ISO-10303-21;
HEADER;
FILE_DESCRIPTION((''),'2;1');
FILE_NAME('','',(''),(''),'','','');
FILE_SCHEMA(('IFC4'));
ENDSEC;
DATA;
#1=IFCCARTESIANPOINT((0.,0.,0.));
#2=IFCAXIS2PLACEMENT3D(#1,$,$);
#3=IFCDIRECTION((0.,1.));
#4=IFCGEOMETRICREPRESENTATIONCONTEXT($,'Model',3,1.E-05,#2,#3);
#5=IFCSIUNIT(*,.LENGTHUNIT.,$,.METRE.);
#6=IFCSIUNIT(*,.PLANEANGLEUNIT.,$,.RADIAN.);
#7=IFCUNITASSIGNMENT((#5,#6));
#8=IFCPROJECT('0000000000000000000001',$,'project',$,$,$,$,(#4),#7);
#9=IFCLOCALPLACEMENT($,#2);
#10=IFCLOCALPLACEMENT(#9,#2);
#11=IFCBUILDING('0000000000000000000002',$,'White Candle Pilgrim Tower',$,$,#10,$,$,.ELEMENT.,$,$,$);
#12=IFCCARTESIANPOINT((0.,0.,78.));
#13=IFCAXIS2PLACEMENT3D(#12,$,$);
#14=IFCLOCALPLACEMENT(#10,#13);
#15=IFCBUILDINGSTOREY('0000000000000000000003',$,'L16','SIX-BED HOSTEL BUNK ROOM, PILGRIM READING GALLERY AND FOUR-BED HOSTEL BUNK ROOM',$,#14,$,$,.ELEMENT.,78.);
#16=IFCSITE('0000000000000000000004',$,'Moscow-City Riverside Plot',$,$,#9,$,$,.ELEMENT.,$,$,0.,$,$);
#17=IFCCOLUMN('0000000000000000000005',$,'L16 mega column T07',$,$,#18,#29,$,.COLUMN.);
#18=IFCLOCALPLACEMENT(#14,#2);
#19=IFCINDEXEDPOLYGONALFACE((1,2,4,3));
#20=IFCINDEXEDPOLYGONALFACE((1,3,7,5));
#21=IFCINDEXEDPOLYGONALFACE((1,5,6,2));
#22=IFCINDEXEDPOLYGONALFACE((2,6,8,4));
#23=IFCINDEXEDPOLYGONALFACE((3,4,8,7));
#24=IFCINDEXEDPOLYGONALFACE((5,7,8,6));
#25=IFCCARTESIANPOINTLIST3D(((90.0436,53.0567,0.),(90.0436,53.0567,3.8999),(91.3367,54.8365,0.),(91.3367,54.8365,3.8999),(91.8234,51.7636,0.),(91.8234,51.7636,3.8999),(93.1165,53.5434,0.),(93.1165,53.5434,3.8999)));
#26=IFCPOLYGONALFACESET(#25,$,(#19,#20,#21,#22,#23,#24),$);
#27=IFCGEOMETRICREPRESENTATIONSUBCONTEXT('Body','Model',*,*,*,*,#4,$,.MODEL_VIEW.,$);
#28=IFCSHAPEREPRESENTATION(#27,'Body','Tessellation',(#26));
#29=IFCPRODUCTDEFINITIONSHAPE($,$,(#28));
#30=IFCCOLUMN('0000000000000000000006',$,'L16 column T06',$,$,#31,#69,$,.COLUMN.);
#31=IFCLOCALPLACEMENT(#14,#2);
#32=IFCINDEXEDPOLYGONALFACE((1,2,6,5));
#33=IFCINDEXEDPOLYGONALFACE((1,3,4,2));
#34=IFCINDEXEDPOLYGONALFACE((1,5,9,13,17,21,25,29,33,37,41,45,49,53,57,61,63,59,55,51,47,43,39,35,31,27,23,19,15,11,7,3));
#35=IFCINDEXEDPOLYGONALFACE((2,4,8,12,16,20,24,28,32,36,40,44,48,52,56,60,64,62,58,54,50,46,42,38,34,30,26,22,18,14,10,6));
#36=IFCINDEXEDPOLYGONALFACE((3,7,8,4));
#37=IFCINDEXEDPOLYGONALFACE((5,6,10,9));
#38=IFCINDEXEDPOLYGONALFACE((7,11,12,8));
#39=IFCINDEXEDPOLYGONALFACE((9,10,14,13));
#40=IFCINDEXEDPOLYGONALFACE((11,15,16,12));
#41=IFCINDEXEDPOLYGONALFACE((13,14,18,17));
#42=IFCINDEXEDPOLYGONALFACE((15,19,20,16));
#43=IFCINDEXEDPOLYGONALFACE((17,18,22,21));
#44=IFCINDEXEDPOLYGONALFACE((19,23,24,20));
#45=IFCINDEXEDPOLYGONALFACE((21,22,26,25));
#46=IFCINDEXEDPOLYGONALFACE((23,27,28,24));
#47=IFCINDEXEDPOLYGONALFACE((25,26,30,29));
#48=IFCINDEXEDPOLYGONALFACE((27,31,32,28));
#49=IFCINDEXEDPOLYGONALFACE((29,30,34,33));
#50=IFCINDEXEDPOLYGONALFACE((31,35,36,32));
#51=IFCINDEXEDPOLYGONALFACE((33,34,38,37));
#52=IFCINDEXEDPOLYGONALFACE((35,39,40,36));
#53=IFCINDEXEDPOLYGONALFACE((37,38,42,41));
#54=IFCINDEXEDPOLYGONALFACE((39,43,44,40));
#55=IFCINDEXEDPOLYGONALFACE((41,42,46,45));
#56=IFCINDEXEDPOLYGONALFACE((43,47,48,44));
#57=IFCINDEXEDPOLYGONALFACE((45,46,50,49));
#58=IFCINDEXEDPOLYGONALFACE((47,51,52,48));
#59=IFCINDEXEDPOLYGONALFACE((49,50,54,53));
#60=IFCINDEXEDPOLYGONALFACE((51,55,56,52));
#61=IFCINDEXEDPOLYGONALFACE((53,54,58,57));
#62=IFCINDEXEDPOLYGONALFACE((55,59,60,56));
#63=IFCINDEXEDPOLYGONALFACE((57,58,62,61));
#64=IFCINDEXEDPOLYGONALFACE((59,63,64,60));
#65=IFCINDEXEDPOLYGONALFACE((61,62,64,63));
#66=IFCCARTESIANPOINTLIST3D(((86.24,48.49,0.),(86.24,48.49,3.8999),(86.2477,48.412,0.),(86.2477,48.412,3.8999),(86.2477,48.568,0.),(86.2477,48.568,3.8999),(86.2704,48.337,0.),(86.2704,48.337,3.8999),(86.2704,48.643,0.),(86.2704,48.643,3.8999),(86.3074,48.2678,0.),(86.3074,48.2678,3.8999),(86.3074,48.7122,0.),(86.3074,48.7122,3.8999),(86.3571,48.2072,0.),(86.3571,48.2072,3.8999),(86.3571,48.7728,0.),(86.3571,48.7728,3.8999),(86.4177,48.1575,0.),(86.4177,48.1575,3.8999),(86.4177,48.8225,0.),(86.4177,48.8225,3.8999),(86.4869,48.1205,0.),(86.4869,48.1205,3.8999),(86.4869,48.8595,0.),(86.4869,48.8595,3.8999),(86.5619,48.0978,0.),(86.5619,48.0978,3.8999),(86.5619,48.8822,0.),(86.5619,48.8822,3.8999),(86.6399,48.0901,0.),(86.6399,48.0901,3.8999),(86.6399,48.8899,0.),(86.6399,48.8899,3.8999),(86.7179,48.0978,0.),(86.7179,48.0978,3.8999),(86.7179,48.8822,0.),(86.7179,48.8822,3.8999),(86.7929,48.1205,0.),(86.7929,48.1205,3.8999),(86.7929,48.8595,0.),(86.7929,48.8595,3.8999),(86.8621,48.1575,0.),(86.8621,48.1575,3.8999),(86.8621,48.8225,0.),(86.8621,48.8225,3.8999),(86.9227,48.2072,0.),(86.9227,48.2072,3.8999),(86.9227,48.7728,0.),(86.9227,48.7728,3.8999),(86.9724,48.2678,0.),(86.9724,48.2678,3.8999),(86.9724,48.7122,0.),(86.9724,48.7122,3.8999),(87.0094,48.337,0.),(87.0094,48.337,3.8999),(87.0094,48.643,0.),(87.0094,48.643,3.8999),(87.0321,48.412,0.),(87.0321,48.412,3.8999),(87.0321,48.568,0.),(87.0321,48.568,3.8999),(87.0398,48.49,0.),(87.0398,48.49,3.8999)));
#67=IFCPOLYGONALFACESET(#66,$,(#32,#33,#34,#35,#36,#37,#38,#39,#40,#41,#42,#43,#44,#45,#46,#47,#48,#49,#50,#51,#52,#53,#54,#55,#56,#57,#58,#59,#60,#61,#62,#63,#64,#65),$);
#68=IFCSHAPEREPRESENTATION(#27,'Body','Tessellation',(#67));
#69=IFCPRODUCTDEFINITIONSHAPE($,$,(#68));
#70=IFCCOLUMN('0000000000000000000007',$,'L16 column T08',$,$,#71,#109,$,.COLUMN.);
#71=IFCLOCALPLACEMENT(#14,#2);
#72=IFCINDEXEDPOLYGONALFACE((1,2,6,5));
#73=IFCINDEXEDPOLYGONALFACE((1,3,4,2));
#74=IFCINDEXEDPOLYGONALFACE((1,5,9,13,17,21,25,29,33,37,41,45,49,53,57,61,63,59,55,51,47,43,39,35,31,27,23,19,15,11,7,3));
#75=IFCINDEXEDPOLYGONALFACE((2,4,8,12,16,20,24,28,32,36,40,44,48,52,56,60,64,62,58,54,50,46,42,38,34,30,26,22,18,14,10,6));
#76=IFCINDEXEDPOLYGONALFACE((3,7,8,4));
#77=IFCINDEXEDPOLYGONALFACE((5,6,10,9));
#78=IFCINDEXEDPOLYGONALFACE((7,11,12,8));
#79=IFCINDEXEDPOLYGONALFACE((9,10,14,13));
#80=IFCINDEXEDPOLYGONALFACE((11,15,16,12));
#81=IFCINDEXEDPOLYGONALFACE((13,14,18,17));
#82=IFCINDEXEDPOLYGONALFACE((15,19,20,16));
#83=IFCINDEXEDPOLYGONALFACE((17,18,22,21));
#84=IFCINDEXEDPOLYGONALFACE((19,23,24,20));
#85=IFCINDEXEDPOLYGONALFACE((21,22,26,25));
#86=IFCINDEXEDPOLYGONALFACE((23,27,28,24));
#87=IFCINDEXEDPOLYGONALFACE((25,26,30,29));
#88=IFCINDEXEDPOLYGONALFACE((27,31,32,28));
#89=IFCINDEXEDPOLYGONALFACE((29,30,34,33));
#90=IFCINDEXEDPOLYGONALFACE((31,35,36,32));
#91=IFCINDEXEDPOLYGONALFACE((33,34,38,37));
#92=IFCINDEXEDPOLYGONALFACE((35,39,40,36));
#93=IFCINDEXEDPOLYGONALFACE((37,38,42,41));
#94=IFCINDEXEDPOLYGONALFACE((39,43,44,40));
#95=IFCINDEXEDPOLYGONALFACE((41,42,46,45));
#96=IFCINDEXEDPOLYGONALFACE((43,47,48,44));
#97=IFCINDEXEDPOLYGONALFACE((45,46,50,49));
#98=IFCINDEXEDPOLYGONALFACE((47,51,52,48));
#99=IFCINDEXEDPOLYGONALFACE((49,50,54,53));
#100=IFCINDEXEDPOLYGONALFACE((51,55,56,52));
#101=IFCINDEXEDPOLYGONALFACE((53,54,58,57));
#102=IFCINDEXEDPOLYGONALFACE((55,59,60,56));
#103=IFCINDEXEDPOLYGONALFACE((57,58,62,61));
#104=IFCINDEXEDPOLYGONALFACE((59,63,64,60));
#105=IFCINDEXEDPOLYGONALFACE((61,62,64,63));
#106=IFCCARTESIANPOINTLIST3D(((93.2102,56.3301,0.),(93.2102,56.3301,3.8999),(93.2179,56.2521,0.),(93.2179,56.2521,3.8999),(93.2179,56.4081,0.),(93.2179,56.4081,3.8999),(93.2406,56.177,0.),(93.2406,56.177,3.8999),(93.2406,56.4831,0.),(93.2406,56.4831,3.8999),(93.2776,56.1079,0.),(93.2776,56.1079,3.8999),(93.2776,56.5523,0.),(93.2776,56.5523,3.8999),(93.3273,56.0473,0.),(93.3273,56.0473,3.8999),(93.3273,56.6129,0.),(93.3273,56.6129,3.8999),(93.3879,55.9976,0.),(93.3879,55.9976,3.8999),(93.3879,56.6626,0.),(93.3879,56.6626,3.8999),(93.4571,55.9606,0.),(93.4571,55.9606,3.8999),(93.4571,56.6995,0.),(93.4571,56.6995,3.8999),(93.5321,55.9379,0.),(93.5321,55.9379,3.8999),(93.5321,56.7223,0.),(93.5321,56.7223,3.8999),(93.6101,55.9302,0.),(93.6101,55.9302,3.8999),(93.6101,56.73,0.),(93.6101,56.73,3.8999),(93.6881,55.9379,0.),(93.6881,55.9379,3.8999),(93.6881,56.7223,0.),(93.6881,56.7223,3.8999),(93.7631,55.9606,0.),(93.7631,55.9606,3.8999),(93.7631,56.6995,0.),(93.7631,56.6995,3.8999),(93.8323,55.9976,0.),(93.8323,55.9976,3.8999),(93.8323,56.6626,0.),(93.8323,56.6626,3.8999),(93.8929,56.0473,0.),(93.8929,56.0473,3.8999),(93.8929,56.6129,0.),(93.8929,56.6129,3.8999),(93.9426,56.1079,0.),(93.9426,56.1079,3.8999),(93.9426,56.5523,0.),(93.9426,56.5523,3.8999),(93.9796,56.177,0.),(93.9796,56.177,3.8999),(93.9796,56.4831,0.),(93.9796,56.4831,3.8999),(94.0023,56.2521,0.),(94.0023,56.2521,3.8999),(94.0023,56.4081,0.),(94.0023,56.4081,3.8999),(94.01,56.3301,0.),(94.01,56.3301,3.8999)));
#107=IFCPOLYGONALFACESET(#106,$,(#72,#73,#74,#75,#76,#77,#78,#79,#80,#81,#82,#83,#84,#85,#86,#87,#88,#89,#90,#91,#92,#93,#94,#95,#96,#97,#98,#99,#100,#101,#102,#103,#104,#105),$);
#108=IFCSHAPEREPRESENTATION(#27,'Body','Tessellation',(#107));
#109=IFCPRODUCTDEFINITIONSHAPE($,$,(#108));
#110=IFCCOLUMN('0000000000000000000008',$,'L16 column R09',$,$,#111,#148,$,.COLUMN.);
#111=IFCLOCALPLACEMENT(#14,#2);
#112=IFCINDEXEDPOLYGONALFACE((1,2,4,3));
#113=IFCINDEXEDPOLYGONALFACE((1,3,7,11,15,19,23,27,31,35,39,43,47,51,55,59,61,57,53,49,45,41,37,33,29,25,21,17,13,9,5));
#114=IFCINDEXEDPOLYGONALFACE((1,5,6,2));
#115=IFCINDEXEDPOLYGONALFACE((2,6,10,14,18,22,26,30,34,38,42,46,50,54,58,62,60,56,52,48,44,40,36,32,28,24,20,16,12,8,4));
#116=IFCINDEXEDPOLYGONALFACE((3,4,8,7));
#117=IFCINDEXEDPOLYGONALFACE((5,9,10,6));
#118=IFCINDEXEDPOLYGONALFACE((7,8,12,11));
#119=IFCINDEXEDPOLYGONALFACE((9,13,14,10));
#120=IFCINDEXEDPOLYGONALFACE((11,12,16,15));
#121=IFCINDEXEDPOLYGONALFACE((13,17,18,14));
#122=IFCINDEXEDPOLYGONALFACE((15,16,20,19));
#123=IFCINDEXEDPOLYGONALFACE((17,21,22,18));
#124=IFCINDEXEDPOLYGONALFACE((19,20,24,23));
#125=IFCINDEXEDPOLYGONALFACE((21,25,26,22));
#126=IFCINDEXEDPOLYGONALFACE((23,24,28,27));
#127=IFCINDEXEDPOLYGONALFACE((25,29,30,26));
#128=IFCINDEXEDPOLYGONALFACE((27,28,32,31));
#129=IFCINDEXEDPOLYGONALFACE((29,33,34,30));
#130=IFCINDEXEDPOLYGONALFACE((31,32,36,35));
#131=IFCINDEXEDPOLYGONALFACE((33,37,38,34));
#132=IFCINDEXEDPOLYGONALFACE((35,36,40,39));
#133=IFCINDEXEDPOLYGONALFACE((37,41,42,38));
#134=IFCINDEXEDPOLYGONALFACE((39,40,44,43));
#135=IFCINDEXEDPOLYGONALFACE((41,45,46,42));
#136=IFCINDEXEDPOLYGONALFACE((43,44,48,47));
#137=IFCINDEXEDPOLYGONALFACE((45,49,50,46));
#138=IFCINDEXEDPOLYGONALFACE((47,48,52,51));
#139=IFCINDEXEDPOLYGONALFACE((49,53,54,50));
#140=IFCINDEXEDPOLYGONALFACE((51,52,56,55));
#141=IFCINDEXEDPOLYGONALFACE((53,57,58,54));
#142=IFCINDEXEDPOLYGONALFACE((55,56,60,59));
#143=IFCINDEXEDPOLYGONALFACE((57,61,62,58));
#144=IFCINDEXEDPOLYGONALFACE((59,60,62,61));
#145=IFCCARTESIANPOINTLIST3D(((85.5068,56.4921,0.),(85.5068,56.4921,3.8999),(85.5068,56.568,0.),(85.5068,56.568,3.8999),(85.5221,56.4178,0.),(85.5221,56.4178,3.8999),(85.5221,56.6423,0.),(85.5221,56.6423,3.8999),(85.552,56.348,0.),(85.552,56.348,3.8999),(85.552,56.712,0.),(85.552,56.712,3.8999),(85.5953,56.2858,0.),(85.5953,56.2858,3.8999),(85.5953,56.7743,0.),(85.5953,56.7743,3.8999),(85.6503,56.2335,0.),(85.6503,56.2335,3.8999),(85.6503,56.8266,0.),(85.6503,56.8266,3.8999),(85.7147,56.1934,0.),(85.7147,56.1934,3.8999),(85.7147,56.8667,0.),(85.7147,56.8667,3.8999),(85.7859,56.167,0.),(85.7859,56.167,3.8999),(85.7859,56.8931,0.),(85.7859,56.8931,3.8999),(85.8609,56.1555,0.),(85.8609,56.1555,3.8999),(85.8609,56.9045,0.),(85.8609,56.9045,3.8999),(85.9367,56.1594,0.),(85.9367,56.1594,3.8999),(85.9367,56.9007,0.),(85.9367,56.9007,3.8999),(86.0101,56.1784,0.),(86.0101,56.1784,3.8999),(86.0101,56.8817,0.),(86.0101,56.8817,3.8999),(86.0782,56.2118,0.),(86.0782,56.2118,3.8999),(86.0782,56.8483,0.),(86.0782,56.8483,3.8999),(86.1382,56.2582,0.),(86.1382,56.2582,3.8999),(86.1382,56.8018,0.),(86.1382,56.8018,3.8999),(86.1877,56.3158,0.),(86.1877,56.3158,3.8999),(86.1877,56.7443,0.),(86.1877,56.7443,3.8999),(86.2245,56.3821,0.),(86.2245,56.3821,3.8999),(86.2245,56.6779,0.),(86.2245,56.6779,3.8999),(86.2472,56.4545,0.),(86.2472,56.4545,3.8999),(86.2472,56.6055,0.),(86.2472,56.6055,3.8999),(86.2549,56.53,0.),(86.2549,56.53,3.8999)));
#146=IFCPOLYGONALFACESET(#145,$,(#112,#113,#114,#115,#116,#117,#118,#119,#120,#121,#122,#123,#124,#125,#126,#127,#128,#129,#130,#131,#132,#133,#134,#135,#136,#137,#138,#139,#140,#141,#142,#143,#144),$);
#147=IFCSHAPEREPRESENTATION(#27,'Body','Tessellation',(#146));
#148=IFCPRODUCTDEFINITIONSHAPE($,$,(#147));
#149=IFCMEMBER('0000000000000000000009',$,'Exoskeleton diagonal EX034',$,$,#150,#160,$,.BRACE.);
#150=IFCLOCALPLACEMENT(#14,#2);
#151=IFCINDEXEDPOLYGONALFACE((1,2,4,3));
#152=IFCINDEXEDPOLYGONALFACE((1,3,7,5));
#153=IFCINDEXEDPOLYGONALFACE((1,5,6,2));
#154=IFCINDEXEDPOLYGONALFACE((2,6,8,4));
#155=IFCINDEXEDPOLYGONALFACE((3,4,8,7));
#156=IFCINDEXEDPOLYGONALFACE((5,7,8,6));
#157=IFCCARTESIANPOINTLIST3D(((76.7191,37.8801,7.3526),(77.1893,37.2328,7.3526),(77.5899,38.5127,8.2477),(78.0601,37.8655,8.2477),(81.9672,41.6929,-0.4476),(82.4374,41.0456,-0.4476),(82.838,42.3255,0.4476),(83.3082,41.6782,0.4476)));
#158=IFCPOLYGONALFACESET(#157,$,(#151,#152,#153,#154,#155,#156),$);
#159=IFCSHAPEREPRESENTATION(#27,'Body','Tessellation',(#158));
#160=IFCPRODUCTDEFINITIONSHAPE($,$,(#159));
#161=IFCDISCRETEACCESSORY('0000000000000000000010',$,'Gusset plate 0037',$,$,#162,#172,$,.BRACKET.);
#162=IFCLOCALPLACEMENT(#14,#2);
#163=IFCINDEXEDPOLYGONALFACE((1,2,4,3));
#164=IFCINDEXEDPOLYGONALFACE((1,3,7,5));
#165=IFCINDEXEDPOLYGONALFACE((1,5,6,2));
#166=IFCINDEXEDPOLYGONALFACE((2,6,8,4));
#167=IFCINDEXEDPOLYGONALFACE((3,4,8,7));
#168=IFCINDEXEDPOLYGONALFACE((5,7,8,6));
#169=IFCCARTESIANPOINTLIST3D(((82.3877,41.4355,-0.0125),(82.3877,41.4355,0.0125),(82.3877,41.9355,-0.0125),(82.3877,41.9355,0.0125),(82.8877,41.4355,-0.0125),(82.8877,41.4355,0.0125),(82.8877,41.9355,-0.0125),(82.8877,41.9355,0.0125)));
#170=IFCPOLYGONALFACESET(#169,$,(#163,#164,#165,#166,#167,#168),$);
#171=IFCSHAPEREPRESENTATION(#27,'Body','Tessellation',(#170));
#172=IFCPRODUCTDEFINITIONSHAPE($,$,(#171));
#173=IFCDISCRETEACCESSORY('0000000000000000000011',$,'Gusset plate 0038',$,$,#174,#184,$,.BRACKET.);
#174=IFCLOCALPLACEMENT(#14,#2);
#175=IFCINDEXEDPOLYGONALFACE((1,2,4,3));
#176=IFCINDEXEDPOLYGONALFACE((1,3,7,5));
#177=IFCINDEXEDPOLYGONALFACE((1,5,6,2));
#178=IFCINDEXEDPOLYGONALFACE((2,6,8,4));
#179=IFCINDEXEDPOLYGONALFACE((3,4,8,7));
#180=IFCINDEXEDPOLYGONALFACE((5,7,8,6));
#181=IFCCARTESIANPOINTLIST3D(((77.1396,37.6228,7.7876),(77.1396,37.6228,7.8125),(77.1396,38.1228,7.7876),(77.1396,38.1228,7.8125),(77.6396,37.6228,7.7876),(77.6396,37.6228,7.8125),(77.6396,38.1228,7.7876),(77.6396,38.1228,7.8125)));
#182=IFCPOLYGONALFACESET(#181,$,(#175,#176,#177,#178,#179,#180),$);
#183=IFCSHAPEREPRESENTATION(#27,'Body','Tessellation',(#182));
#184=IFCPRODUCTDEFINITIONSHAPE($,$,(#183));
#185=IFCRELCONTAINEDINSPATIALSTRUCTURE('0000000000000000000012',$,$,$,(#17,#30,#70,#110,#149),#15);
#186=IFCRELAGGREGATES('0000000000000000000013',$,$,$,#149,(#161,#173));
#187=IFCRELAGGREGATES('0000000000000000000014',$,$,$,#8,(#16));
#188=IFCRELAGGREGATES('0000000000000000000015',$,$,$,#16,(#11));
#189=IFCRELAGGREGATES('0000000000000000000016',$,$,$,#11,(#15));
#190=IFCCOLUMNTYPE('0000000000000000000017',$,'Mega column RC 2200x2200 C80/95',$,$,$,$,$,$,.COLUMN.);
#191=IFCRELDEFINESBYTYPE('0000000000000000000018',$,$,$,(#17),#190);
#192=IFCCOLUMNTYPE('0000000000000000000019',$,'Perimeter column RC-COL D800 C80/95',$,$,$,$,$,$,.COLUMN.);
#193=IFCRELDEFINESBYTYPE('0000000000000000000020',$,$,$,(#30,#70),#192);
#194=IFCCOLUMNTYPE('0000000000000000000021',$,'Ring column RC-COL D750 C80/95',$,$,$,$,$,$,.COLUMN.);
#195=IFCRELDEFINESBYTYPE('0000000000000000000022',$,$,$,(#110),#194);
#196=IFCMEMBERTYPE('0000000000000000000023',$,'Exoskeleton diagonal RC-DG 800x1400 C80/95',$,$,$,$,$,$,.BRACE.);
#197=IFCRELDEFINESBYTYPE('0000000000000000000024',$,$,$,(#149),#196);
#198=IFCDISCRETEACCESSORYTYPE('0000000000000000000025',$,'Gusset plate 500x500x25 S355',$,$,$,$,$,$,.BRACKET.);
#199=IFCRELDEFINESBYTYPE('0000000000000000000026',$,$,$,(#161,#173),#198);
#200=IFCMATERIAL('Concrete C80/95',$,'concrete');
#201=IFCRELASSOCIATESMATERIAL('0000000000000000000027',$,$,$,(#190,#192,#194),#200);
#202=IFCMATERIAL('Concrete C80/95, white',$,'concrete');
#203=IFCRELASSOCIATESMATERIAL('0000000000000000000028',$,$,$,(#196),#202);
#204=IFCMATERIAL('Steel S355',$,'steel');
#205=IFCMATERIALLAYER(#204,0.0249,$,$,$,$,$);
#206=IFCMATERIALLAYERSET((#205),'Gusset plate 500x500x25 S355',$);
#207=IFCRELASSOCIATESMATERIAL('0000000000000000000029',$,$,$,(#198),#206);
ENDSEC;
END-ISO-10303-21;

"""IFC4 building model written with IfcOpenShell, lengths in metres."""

from ifc_helpers import new_model, si_unit, direction, frame, origin, origin_2d, place, context, subcontext, project, spatial, rectangle, circle, extrude, material, layer, layer_set, material_profile, profile_set, type_object, element, aggregate, save


model = new_model("IFC4")

# Units and contexts
model_context = context("Model", 3, precision=1e-05, world=origin(), true_north=direction((0.0, 1.0)))
body_context = subcontext(model_context, "Body", "Model", "MODEL_VIEW")
ifc_project = project(units=[si_unit("LENGTHUNIT", "METRE"), si_unit("PLANEANGLEUNIT", "RADIAN")], contexts=[model_context])

# Site, building, storey
site_placement = place(None, origin())
site = spatial("IfcSite", under=ifc_project, at=site_placement, Name="Moscow-City Riverside Plot", CompositionType="ELEMENT", RefElevation=0.0)
building_placement = place(site_placement, origin())
building = spatial("IfcBuilding", under=site, at=building_placement, Name="White Candle Pilgrim Tower", CompositionType="ELEMENT")
storey_placement = place(building_placement, frame((0.0, 0.0, 78.0)))
storey = spatial("IfcBuildingStorey", under=building, at=storey_placement, Name="L16", Description="SIX-BED HOSTEL BUNK ROOM, PILGRIM READING GALLERY AND FOUR-BED HOSTEL BUNK ROOM", CompositionType="ELEMENT", Elevation=78.0)

# Columns
ifc_material_1 = material(Name="Concrete C80/95", Category="concrete")
ifc_material_profile_1 = material_profile(ifc_material_1, rectangle(XDim=2.2, YDim=2.2, at=origin_2d()), Name="RC 2200x2200")
ifc_profile_set_1 = profile_set([ifc_material_profile_1], Name="Concrete C80/95")
column_type_1 = type_object("IfcColumnType", Name="Mega column RC 2200x2200 C80/95", PredefinedType="COLUMN", material=ifc_profile_set_1)
column_1_placement = place(storey_placement, frame((91.5801, 53.3, 0.0), z_axis=(0.0, 0.0, 1.0), x_axis=(0.809017, -0.587785, 0.0)))
element("IfcColumn", 1, at=column_1_placement, inside=storey, type_object=column_type_1, Name="L16 mega column T07", PredefinedType="COLUMN", context=body_context, shape_type="SweptSolid", body=[
    extrude(rectangle(XDim=2.2, YDim=2.2, at=origin_2d()), origin(), (0.0, 0.0, 1.0), 3.8999),
])
ifc_material_profile_2 = material_profile(ifc_material_1, circle(Radius=0.3999, at=origin_2d()), Name="RC-COL D800")
ifc_profile_set_2 = profile_set([ifc_material_profile_2], Name="Concrete C80/95")
column_type_2 = type_object("IfcColumnType", Name="Perimeter column RC-COL D800 C80/95", PredefinedType="COLUMN", material=ifc_profile_set_2)
for number, where, z_axis, x_axis, name in (
    (2, (86.6399, 48.49, 0.0), (0.0, 0.0, 1.0), (1.0, 0.0, 0.0), "L16 column T06"),
    (3, (93.6101, 56.3301, 0.0), (0.0, 0.0, 1.0), (1.0, 0.0, 0.0), "L16 column T08"),
):
    element("IfcColumn", number, at=place(storey_placement, frame(where, z_axis=z_axis, x_axis=x_axis)), inside=storey, type_object=column_type_2, Name=name, PredefinedType="COLUMN", context=body_context, shape_type="SweptSolid", body=[
        extrude(circle(Radius=0.3999, at=origin_2d()), origin(), (0.0, 0.0, 1.0), 3.8999),
    ])
ifc_material_profile_3 = material_profile(ifc_material_1, circle(Radius=0.375, at=origin_2d()), Name="RC-COL D750")
ifc_profile_set_3 = profile_set([ifc_material_profile_3], Name="Concrete C80/95")
column_type_3 = type_object("IfcColumnType", Name="Ring column RC-COL D750 C80/95", PredefinedType="COLUMN", material=ifc_profile_set_3)
column_2_placement = place(storey_placement, frame((85.8799, 56.53, 0.0), z_axis=(0.0, 0.0, 1.0), x_axis=(1.0, 0.0, 0.0)))
element("IfcColumn", 4, at=column_2_placement, inside=storey, type_object=column_type_3, Name="L16 column R09", PredefinedType="COLUMN", context=body_context, shape_type="SweptSolid", body=[
    extrude(circle(Radius=0.375, at=origin_2d()), origin(), (0.0, 0.0, 1.0), 3.8999),
])

# Member
ifc_material_2 = material(Name="Concrete C80/95, white", Category="concrete")
ifc_material_profile_4 = material_profile(ifc_material_2, rectangle(XDim=0.8, YDim=1.3999, at=origin_2d()), Name="RC-DG 800x1400")
ifc_profile_set_4 = profile_set([ifc_material_profile_4], Name="Concrete C80/95, white")
member_type_1 = type_object("IfcMemberType", Name="Exoskeleton diagonal RC-DG 800x1400 C80/95", PredefinedType="BRACE", material=ifc_profile_set_4)
member_1_placement = place(storey_placement, frame((82.6377, 41.6855, 0.0), z_axis=(-0.517307, -0.375827, 0.768861), x_axis=(0.587767, -0.809031, 0.0)))
member_1 = element("IfcMember", 5, at=member_1_placement, inside=storey, type_object=member_type_1, Name="Exoskeleton diagonal EX034", PredefinedType="BRACE", context=body_context, shape_type="SweptSolid", body=[
    extrude(rectangle(XDim=0.8, YDim=1.3999, at=origin_2d()), origin(), (0.0, 0.0, 1.0), 10.145),
])

# Discrete accessories
ifc_material_3 = material(Name="Steel S355", Category="steel")
ifc_layer_1 = layer(ifc_material_3, 0.0249)
ifc_layer_set_1 = layer_set([ifc_layer_1], Name="Gusset plate 500x500x25 S355")
discrete_accessory_type = type_object("IfcDiscreteAccessoryType", Name="Gusset plate 500x500x25 S355", PredefinedType="BRACKET", material=ifc_layer_set_1)
discrete_accessory_1_placement = place(storey_placement, frame((82.6377, 41.6855, -0.0125), z_axis=(0.0, 0.0, 1.0), x_axis=(1.0, 0.0, 0.0)))
discrete_accessory_1 = element("IfcDiscreteAccessory", 6, at=discrete_accessory_1_placement, type_object=discrete_accessory_type, Name="Gusset plate 0037", PredefinedType="BRACKET", context=body_context, shape_type="SweptSolid", body=[
    extrude(rectangle(XDim=0.5, YDim=0.5, at=origin_2d()), origin(), (0.0, 0.0, 1.0), 0.0249),
])
placement = place(building_placement, frame((0.0, 0.0, 85.8)))
discrete_accessory_2_placement = place(placement, frame((77.3896, 37.8728, -0.0125), z_axis=(0.0, 0.0, 1.0), x_axis=(1.0, 0.0, 0.0)))
discrete_accessory_2 = element("IfcDiscreteAccessory", 7, at=discrete_accessory_2_placement, type_object=discrete_accessory_type, Name="Gusset plate 0038", PredefinedType="BRACKET", context=body_context, shape_type="SweptSolid", body=[
    extrude(rectangle(XDim=0.5, YDim=0.5, at=origin_2d()), origin(), (0.0, 0.0, 1.0), 0.0249),
])
aggregate(member_1, [discrete_accessory_1, discrete_accessory_2])

save(model, "model.ifc")
